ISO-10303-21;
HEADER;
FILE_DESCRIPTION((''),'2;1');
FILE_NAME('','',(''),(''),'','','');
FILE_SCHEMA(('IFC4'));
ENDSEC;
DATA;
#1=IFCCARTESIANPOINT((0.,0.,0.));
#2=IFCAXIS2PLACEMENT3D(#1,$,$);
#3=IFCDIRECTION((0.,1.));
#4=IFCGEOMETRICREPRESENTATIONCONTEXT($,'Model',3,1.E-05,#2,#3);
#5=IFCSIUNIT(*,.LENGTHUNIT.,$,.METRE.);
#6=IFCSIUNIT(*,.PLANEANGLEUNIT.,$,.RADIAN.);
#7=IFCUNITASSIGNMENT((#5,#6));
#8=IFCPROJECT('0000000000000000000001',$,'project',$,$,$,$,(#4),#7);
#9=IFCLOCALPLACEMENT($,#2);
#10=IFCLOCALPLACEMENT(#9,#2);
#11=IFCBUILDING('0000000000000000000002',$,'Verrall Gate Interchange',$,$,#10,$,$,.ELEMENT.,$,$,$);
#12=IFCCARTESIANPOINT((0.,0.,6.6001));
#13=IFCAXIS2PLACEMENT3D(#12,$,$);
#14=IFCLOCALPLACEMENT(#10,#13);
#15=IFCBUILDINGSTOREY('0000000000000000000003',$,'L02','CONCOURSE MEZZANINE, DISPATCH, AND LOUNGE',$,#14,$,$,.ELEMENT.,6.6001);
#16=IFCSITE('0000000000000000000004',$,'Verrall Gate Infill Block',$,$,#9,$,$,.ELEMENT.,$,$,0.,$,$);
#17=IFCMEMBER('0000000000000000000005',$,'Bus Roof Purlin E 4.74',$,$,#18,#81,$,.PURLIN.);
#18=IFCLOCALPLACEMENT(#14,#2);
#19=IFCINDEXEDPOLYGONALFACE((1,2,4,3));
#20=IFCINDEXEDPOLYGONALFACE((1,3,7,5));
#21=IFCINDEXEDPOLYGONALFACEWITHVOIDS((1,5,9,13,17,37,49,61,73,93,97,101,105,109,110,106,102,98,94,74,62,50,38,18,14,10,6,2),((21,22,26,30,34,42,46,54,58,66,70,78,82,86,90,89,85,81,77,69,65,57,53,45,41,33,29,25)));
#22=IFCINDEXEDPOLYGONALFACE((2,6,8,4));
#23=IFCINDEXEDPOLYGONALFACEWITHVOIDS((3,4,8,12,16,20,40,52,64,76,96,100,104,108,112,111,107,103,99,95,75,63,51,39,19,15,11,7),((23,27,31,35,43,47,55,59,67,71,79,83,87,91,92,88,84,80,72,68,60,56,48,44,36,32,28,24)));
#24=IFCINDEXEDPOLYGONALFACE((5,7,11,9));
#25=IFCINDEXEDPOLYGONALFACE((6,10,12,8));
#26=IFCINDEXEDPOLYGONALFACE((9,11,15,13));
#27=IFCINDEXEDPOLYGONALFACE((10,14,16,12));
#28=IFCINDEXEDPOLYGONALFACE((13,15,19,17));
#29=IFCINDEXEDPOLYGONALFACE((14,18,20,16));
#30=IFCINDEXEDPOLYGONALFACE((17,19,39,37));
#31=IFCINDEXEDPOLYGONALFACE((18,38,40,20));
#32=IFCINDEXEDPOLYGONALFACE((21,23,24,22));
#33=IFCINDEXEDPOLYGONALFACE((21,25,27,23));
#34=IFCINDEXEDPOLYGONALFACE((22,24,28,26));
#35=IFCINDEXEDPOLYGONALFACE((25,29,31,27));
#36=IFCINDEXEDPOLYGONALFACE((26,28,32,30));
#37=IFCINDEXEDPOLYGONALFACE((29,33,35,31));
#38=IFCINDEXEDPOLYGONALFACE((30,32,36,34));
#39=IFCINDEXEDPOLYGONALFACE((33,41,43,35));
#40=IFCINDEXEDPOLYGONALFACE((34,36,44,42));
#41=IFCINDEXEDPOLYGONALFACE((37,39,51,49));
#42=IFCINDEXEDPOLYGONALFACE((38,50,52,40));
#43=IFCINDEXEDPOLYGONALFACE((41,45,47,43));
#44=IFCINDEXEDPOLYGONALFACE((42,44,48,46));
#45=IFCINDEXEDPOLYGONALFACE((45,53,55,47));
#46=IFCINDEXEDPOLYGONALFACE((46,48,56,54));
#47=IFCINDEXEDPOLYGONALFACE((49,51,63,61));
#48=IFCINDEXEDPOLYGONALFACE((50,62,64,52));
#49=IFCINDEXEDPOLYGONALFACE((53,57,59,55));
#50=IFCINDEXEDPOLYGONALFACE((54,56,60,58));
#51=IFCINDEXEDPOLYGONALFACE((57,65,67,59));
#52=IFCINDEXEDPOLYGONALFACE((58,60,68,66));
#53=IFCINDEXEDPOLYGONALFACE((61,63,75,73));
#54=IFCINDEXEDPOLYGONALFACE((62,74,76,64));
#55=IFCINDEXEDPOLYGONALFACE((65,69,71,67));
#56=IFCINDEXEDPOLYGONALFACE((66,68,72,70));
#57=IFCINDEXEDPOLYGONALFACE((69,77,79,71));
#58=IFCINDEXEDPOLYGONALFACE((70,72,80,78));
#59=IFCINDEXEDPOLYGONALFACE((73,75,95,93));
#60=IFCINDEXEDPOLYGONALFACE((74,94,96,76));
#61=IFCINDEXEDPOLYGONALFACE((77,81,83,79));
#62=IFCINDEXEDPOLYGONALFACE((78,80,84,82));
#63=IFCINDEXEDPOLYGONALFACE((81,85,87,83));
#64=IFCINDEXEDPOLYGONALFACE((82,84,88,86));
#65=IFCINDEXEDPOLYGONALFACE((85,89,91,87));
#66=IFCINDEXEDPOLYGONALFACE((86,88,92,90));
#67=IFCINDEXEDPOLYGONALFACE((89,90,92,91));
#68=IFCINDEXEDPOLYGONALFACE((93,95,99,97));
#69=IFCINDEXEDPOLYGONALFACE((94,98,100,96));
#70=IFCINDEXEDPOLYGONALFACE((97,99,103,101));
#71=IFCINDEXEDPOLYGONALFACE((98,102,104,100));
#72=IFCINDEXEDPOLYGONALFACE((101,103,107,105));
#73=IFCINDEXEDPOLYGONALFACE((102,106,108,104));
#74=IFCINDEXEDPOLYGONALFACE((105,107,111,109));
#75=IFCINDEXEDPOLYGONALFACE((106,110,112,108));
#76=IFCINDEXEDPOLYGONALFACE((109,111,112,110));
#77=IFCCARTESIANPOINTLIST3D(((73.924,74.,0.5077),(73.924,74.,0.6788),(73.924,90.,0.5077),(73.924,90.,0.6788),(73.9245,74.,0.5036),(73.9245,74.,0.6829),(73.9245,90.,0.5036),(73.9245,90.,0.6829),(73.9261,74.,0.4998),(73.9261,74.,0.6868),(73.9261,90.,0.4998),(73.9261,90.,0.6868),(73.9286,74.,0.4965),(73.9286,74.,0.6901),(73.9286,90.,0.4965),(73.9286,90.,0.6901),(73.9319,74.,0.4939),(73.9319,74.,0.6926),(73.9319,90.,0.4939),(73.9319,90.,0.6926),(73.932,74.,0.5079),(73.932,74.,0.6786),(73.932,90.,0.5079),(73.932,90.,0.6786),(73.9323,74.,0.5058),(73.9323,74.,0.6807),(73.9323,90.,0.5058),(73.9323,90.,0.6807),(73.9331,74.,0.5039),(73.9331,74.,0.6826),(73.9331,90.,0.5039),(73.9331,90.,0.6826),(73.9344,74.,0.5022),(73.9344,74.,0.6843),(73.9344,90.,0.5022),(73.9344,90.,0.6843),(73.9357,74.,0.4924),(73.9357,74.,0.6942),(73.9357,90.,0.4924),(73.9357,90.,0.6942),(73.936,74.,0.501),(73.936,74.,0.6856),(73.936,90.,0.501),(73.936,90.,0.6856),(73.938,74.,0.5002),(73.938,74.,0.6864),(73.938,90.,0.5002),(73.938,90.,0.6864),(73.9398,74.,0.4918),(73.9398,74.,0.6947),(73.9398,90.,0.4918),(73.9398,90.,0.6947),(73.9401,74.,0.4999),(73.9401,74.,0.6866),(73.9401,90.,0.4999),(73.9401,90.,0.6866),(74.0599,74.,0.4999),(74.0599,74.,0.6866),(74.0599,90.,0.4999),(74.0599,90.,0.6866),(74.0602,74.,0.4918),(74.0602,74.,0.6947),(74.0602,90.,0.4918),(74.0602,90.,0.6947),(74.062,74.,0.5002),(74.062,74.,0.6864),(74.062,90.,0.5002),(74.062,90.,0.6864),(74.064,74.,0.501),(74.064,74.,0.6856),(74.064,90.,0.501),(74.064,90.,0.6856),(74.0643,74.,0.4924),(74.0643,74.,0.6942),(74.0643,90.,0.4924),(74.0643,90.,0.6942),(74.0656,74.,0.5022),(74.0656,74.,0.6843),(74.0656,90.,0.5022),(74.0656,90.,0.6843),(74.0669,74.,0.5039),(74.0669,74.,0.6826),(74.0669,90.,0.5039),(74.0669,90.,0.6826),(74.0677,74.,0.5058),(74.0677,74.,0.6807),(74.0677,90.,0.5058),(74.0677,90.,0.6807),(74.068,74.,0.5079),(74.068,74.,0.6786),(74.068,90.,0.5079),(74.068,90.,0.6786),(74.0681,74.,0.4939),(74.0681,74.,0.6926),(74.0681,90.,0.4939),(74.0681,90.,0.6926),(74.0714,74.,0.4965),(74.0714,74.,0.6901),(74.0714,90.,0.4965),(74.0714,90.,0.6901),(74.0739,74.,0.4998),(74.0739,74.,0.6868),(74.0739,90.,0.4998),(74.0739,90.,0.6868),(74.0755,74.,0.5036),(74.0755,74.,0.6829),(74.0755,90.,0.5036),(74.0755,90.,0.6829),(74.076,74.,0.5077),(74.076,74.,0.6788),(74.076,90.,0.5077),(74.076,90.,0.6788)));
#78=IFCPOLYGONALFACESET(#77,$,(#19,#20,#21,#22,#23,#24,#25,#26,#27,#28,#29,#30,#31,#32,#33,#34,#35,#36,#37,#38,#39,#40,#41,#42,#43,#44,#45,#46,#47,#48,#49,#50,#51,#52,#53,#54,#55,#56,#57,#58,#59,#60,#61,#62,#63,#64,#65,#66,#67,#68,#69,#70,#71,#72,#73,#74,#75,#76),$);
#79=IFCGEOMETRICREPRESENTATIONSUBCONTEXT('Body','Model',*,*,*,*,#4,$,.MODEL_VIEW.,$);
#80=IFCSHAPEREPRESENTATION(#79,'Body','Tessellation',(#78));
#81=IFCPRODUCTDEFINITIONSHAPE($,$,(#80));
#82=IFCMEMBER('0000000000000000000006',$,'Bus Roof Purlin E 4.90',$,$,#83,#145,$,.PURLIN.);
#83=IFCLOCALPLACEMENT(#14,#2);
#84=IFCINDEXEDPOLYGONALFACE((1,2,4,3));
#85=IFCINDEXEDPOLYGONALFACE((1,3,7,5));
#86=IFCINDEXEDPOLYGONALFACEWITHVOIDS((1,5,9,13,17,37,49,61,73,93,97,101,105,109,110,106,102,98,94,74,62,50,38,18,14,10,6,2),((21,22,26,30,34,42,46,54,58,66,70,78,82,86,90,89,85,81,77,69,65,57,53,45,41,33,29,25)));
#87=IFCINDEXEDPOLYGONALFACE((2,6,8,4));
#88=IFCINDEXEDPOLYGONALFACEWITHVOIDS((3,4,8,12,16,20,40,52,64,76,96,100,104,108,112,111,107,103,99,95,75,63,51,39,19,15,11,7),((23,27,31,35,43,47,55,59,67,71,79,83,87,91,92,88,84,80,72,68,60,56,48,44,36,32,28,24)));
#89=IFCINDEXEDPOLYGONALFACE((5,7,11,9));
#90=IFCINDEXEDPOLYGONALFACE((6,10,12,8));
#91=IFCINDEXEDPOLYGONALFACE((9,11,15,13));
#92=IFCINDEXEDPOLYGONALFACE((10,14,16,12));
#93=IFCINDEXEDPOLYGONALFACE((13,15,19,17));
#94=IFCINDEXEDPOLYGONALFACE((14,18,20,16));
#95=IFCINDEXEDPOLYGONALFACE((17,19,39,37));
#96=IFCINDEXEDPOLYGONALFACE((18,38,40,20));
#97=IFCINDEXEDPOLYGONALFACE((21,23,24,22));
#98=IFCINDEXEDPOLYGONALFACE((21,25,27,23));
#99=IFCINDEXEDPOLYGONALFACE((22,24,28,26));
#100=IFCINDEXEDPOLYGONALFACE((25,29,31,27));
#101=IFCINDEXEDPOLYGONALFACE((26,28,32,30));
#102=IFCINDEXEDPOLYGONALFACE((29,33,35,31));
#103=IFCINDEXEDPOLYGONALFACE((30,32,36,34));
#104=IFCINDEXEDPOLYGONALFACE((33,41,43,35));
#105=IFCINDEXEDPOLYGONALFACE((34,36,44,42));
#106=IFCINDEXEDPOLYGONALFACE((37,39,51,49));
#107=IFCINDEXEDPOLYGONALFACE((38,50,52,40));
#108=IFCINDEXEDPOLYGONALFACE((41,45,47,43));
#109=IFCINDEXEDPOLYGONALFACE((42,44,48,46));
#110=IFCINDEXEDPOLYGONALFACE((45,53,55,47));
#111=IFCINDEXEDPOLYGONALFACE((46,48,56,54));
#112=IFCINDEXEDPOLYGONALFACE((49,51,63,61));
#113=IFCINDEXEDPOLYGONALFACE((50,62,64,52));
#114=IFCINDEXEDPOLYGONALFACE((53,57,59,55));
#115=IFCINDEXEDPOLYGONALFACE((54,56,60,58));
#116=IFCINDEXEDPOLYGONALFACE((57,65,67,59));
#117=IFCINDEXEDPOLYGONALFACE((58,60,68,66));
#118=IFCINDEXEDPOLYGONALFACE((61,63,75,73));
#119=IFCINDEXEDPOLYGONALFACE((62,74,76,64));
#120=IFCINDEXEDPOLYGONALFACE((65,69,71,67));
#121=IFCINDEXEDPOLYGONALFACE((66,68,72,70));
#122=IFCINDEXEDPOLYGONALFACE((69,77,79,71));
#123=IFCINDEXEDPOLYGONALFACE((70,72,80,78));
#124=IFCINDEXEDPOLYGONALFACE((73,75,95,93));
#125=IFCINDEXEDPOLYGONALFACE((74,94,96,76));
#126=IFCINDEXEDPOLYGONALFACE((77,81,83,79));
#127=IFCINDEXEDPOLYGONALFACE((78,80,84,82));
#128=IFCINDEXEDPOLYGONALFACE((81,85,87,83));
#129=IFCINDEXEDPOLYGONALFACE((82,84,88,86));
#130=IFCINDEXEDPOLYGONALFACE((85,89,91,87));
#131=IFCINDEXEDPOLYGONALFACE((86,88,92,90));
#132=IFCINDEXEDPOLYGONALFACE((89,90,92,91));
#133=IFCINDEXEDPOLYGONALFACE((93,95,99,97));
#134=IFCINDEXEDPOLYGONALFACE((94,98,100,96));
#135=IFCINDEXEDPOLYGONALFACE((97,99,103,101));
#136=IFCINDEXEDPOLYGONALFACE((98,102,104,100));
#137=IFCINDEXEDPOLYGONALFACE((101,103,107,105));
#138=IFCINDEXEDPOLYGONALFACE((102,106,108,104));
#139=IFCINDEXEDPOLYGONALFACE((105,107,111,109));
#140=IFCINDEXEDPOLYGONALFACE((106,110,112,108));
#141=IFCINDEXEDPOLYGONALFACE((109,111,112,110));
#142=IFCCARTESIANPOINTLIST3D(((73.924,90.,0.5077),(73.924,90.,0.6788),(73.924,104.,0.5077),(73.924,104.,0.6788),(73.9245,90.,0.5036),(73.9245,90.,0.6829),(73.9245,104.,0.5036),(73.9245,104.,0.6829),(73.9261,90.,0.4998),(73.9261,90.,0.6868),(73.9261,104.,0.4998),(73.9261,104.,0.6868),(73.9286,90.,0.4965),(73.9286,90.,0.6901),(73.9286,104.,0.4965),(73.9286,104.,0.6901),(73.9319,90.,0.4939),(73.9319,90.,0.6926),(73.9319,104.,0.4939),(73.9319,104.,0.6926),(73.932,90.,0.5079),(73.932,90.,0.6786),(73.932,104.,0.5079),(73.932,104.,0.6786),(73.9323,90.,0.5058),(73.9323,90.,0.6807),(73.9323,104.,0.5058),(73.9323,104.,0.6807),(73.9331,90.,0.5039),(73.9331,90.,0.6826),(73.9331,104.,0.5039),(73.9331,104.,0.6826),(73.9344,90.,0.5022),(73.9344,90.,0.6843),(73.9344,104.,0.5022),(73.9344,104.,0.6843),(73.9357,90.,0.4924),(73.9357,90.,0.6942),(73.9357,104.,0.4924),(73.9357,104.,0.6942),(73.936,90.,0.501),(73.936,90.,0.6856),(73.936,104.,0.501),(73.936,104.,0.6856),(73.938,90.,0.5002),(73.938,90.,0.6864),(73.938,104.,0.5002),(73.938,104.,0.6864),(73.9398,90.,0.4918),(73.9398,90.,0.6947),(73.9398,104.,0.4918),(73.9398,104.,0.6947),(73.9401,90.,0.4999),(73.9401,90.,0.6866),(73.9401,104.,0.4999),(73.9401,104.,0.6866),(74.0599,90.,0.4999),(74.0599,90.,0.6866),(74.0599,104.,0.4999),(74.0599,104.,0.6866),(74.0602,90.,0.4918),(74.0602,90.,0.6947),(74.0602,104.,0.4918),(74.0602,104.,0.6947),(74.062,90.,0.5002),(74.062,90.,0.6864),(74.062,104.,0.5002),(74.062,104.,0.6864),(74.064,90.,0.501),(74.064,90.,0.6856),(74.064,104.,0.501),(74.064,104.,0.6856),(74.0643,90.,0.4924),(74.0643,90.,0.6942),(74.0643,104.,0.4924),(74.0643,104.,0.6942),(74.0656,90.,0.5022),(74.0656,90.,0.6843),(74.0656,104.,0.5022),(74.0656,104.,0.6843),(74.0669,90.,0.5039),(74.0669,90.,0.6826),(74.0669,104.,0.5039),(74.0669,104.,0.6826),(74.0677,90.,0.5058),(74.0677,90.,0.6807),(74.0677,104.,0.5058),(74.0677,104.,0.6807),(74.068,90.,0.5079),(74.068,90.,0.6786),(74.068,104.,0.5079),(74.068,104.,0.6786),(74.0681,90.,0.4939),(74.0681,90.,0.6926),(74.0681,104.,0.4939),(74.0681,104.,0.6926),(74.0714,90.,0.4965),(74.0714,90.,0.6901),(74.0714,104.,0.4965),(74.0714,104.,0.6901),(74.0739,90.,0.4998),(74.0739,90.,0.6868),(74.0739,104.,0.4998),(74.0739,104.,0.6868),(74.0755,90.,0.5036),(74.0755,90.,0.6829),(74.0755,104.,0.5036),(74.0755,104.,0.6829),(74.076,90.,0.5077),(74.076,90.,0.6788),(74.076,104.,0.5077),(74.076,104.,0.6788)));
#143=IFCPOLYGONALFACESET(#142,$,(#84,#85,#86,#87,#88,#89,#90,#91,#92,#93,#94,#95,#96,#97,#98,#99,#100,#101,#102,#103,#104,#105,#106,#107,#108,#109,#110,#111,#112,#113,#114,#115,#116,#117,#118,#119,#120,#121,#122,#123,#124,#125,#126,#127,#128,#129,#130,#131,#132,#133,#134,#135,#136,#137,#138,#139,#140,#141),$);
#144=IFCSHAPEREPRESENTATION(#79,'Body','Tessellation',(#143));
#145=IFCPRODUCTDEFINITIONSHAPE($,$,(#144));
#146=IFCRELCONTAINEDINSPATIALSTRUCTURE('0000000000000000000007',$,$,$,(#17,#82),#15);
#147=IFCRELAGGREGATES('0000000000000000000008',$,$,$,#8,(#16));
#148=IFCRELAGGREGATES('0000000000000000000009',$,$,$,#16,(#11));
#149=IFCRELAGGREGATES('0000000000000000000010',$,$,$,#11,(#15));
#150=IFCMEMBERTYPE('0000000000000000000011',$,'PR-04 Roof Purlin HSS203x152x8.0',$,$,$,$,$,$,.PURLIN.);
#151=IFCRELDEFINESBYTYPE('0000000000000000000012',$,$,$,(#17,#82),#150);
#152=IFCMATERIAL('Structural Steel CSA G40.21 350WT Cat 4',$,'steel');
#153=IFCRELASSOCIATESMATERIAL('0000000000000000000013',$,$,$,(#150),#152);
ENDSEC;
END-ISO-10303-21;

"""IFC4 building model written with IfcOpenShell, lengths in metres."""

from ifc_helpers import new_model, si_unit, direction, frame, origin, origin_2d, place, context, subcontext, project, spatial, hollow_rectangle, extrude, material, material_profile, profile_set, type_object, element, save


model = new_model("IFC4")

# Units and contexts
model_context = context("Model", 3, precision=1e-05, world=origin(), true_north=direction((0.0, 1.0)))
body_context = subcontext(model_context, "Body", "Model", "MODEL_VIEW")
ifc_project = project(units=[si_unit("LENGTHUNIT", "METRE"), si_unit("PLANEANGLEUNIT", "RADIAN")], contexts=[model_context])

# Site, building, storey
site_placement = place(None, origin())
site = spatial("IfcSite", under=ifc_project, at=site_placement, Name="Verrall Gate Infill Block", CompositionType="ELEMENT", RefElevation=0.0)
building_placement = place(site_placement, origin())
building = spatial("IfcBuilding", under=site, at=building_placement, Name="Verrall Gate Interchange", CompositionType="ELEMENT")
storey_placement = place(building_placement, frame((0.0, 0.0, 6.6001)))
storey = spatial("IfcBuildingStorey", under=building, at=storey_placement, Name="L02", Description="CONCOURSE MEZZANINE, DISPATCH, AND LOUNGE", CompositionType="ELEMENT", Elevation=6.6001)

# Members
ifc_material_1 = material(Name="Structural Steel CSA G40.21 350WT Cat 4", Category="steel")
ifc_material_profile_1 = material_profile(ifc_material_1, hollow_rectangle(XDim=0.1521, YDim=0.2029, WallThickness=0.0081, InnerFilletRadius=0.0081, OuterFilletRadius=0.0159, at=origin_2d()), Name="HSS203x152x8.0")
ifc_profile_set_1 = profile_set([ifc_material_profile_1], Name="Structural Steel CSA G40.21 350WT Cat 4")
member_type_1 = type_object("IfcMemberType", Name="PR-04 Roof Purlin HSS203x152x8.0", PredefinedType="PURLIN", material=ifc_profile_set_1)
member_1_placement = place(storey_placement, frame((74.0, 74.0, 0.5933), z_axis=(0.0, 1.0, 0.0), x_axis=(-1.0, 0.0, 0.0)))
element("IfcMember", 1, at=member_1_placement, inside=storey, type_object=member_type_1, Name="Bus Roof Purlin E 4.74", PredefinedType="PURLIN", context=body_context, shape_type="SweptSolid", body=[
    extrude(hollow_rectangle(XDim=0.1521, YDim=0.2029, WallThickness=0.0081, InnerFilletRadius=0.0081, OuterFilletRadius=0.0159, at=origin_2d()), origin(), (0.0, 0.0, 1.0), 16.0),
])
member_2_placement = place(storey_placement, frame((74.0, 90.0, 0.5933), z_axis=(0.0, 1.0, 0.0), x_axis=(-1.0, 0.0, 0.0)))
element("IfcMember", 2, at=member_2_placement, inside=storey, type_object=member_type_1, Name="Bus Roof Purlin E 4.90", PredefinedType="PURLIN", context=body_context, shape_type="SweptSolid", body=[
    extrude(hollow_rectangle(XDim=0.1521, YDim=0.2029, WallThickness=0.0081, InnerFilletRadius=0.0081, OuterFilletRadius=0.0159, at=origin_2d()), origin(), (0.0, 0.0, 1.0), 14.0),
])

save(model, "model.ifc")
